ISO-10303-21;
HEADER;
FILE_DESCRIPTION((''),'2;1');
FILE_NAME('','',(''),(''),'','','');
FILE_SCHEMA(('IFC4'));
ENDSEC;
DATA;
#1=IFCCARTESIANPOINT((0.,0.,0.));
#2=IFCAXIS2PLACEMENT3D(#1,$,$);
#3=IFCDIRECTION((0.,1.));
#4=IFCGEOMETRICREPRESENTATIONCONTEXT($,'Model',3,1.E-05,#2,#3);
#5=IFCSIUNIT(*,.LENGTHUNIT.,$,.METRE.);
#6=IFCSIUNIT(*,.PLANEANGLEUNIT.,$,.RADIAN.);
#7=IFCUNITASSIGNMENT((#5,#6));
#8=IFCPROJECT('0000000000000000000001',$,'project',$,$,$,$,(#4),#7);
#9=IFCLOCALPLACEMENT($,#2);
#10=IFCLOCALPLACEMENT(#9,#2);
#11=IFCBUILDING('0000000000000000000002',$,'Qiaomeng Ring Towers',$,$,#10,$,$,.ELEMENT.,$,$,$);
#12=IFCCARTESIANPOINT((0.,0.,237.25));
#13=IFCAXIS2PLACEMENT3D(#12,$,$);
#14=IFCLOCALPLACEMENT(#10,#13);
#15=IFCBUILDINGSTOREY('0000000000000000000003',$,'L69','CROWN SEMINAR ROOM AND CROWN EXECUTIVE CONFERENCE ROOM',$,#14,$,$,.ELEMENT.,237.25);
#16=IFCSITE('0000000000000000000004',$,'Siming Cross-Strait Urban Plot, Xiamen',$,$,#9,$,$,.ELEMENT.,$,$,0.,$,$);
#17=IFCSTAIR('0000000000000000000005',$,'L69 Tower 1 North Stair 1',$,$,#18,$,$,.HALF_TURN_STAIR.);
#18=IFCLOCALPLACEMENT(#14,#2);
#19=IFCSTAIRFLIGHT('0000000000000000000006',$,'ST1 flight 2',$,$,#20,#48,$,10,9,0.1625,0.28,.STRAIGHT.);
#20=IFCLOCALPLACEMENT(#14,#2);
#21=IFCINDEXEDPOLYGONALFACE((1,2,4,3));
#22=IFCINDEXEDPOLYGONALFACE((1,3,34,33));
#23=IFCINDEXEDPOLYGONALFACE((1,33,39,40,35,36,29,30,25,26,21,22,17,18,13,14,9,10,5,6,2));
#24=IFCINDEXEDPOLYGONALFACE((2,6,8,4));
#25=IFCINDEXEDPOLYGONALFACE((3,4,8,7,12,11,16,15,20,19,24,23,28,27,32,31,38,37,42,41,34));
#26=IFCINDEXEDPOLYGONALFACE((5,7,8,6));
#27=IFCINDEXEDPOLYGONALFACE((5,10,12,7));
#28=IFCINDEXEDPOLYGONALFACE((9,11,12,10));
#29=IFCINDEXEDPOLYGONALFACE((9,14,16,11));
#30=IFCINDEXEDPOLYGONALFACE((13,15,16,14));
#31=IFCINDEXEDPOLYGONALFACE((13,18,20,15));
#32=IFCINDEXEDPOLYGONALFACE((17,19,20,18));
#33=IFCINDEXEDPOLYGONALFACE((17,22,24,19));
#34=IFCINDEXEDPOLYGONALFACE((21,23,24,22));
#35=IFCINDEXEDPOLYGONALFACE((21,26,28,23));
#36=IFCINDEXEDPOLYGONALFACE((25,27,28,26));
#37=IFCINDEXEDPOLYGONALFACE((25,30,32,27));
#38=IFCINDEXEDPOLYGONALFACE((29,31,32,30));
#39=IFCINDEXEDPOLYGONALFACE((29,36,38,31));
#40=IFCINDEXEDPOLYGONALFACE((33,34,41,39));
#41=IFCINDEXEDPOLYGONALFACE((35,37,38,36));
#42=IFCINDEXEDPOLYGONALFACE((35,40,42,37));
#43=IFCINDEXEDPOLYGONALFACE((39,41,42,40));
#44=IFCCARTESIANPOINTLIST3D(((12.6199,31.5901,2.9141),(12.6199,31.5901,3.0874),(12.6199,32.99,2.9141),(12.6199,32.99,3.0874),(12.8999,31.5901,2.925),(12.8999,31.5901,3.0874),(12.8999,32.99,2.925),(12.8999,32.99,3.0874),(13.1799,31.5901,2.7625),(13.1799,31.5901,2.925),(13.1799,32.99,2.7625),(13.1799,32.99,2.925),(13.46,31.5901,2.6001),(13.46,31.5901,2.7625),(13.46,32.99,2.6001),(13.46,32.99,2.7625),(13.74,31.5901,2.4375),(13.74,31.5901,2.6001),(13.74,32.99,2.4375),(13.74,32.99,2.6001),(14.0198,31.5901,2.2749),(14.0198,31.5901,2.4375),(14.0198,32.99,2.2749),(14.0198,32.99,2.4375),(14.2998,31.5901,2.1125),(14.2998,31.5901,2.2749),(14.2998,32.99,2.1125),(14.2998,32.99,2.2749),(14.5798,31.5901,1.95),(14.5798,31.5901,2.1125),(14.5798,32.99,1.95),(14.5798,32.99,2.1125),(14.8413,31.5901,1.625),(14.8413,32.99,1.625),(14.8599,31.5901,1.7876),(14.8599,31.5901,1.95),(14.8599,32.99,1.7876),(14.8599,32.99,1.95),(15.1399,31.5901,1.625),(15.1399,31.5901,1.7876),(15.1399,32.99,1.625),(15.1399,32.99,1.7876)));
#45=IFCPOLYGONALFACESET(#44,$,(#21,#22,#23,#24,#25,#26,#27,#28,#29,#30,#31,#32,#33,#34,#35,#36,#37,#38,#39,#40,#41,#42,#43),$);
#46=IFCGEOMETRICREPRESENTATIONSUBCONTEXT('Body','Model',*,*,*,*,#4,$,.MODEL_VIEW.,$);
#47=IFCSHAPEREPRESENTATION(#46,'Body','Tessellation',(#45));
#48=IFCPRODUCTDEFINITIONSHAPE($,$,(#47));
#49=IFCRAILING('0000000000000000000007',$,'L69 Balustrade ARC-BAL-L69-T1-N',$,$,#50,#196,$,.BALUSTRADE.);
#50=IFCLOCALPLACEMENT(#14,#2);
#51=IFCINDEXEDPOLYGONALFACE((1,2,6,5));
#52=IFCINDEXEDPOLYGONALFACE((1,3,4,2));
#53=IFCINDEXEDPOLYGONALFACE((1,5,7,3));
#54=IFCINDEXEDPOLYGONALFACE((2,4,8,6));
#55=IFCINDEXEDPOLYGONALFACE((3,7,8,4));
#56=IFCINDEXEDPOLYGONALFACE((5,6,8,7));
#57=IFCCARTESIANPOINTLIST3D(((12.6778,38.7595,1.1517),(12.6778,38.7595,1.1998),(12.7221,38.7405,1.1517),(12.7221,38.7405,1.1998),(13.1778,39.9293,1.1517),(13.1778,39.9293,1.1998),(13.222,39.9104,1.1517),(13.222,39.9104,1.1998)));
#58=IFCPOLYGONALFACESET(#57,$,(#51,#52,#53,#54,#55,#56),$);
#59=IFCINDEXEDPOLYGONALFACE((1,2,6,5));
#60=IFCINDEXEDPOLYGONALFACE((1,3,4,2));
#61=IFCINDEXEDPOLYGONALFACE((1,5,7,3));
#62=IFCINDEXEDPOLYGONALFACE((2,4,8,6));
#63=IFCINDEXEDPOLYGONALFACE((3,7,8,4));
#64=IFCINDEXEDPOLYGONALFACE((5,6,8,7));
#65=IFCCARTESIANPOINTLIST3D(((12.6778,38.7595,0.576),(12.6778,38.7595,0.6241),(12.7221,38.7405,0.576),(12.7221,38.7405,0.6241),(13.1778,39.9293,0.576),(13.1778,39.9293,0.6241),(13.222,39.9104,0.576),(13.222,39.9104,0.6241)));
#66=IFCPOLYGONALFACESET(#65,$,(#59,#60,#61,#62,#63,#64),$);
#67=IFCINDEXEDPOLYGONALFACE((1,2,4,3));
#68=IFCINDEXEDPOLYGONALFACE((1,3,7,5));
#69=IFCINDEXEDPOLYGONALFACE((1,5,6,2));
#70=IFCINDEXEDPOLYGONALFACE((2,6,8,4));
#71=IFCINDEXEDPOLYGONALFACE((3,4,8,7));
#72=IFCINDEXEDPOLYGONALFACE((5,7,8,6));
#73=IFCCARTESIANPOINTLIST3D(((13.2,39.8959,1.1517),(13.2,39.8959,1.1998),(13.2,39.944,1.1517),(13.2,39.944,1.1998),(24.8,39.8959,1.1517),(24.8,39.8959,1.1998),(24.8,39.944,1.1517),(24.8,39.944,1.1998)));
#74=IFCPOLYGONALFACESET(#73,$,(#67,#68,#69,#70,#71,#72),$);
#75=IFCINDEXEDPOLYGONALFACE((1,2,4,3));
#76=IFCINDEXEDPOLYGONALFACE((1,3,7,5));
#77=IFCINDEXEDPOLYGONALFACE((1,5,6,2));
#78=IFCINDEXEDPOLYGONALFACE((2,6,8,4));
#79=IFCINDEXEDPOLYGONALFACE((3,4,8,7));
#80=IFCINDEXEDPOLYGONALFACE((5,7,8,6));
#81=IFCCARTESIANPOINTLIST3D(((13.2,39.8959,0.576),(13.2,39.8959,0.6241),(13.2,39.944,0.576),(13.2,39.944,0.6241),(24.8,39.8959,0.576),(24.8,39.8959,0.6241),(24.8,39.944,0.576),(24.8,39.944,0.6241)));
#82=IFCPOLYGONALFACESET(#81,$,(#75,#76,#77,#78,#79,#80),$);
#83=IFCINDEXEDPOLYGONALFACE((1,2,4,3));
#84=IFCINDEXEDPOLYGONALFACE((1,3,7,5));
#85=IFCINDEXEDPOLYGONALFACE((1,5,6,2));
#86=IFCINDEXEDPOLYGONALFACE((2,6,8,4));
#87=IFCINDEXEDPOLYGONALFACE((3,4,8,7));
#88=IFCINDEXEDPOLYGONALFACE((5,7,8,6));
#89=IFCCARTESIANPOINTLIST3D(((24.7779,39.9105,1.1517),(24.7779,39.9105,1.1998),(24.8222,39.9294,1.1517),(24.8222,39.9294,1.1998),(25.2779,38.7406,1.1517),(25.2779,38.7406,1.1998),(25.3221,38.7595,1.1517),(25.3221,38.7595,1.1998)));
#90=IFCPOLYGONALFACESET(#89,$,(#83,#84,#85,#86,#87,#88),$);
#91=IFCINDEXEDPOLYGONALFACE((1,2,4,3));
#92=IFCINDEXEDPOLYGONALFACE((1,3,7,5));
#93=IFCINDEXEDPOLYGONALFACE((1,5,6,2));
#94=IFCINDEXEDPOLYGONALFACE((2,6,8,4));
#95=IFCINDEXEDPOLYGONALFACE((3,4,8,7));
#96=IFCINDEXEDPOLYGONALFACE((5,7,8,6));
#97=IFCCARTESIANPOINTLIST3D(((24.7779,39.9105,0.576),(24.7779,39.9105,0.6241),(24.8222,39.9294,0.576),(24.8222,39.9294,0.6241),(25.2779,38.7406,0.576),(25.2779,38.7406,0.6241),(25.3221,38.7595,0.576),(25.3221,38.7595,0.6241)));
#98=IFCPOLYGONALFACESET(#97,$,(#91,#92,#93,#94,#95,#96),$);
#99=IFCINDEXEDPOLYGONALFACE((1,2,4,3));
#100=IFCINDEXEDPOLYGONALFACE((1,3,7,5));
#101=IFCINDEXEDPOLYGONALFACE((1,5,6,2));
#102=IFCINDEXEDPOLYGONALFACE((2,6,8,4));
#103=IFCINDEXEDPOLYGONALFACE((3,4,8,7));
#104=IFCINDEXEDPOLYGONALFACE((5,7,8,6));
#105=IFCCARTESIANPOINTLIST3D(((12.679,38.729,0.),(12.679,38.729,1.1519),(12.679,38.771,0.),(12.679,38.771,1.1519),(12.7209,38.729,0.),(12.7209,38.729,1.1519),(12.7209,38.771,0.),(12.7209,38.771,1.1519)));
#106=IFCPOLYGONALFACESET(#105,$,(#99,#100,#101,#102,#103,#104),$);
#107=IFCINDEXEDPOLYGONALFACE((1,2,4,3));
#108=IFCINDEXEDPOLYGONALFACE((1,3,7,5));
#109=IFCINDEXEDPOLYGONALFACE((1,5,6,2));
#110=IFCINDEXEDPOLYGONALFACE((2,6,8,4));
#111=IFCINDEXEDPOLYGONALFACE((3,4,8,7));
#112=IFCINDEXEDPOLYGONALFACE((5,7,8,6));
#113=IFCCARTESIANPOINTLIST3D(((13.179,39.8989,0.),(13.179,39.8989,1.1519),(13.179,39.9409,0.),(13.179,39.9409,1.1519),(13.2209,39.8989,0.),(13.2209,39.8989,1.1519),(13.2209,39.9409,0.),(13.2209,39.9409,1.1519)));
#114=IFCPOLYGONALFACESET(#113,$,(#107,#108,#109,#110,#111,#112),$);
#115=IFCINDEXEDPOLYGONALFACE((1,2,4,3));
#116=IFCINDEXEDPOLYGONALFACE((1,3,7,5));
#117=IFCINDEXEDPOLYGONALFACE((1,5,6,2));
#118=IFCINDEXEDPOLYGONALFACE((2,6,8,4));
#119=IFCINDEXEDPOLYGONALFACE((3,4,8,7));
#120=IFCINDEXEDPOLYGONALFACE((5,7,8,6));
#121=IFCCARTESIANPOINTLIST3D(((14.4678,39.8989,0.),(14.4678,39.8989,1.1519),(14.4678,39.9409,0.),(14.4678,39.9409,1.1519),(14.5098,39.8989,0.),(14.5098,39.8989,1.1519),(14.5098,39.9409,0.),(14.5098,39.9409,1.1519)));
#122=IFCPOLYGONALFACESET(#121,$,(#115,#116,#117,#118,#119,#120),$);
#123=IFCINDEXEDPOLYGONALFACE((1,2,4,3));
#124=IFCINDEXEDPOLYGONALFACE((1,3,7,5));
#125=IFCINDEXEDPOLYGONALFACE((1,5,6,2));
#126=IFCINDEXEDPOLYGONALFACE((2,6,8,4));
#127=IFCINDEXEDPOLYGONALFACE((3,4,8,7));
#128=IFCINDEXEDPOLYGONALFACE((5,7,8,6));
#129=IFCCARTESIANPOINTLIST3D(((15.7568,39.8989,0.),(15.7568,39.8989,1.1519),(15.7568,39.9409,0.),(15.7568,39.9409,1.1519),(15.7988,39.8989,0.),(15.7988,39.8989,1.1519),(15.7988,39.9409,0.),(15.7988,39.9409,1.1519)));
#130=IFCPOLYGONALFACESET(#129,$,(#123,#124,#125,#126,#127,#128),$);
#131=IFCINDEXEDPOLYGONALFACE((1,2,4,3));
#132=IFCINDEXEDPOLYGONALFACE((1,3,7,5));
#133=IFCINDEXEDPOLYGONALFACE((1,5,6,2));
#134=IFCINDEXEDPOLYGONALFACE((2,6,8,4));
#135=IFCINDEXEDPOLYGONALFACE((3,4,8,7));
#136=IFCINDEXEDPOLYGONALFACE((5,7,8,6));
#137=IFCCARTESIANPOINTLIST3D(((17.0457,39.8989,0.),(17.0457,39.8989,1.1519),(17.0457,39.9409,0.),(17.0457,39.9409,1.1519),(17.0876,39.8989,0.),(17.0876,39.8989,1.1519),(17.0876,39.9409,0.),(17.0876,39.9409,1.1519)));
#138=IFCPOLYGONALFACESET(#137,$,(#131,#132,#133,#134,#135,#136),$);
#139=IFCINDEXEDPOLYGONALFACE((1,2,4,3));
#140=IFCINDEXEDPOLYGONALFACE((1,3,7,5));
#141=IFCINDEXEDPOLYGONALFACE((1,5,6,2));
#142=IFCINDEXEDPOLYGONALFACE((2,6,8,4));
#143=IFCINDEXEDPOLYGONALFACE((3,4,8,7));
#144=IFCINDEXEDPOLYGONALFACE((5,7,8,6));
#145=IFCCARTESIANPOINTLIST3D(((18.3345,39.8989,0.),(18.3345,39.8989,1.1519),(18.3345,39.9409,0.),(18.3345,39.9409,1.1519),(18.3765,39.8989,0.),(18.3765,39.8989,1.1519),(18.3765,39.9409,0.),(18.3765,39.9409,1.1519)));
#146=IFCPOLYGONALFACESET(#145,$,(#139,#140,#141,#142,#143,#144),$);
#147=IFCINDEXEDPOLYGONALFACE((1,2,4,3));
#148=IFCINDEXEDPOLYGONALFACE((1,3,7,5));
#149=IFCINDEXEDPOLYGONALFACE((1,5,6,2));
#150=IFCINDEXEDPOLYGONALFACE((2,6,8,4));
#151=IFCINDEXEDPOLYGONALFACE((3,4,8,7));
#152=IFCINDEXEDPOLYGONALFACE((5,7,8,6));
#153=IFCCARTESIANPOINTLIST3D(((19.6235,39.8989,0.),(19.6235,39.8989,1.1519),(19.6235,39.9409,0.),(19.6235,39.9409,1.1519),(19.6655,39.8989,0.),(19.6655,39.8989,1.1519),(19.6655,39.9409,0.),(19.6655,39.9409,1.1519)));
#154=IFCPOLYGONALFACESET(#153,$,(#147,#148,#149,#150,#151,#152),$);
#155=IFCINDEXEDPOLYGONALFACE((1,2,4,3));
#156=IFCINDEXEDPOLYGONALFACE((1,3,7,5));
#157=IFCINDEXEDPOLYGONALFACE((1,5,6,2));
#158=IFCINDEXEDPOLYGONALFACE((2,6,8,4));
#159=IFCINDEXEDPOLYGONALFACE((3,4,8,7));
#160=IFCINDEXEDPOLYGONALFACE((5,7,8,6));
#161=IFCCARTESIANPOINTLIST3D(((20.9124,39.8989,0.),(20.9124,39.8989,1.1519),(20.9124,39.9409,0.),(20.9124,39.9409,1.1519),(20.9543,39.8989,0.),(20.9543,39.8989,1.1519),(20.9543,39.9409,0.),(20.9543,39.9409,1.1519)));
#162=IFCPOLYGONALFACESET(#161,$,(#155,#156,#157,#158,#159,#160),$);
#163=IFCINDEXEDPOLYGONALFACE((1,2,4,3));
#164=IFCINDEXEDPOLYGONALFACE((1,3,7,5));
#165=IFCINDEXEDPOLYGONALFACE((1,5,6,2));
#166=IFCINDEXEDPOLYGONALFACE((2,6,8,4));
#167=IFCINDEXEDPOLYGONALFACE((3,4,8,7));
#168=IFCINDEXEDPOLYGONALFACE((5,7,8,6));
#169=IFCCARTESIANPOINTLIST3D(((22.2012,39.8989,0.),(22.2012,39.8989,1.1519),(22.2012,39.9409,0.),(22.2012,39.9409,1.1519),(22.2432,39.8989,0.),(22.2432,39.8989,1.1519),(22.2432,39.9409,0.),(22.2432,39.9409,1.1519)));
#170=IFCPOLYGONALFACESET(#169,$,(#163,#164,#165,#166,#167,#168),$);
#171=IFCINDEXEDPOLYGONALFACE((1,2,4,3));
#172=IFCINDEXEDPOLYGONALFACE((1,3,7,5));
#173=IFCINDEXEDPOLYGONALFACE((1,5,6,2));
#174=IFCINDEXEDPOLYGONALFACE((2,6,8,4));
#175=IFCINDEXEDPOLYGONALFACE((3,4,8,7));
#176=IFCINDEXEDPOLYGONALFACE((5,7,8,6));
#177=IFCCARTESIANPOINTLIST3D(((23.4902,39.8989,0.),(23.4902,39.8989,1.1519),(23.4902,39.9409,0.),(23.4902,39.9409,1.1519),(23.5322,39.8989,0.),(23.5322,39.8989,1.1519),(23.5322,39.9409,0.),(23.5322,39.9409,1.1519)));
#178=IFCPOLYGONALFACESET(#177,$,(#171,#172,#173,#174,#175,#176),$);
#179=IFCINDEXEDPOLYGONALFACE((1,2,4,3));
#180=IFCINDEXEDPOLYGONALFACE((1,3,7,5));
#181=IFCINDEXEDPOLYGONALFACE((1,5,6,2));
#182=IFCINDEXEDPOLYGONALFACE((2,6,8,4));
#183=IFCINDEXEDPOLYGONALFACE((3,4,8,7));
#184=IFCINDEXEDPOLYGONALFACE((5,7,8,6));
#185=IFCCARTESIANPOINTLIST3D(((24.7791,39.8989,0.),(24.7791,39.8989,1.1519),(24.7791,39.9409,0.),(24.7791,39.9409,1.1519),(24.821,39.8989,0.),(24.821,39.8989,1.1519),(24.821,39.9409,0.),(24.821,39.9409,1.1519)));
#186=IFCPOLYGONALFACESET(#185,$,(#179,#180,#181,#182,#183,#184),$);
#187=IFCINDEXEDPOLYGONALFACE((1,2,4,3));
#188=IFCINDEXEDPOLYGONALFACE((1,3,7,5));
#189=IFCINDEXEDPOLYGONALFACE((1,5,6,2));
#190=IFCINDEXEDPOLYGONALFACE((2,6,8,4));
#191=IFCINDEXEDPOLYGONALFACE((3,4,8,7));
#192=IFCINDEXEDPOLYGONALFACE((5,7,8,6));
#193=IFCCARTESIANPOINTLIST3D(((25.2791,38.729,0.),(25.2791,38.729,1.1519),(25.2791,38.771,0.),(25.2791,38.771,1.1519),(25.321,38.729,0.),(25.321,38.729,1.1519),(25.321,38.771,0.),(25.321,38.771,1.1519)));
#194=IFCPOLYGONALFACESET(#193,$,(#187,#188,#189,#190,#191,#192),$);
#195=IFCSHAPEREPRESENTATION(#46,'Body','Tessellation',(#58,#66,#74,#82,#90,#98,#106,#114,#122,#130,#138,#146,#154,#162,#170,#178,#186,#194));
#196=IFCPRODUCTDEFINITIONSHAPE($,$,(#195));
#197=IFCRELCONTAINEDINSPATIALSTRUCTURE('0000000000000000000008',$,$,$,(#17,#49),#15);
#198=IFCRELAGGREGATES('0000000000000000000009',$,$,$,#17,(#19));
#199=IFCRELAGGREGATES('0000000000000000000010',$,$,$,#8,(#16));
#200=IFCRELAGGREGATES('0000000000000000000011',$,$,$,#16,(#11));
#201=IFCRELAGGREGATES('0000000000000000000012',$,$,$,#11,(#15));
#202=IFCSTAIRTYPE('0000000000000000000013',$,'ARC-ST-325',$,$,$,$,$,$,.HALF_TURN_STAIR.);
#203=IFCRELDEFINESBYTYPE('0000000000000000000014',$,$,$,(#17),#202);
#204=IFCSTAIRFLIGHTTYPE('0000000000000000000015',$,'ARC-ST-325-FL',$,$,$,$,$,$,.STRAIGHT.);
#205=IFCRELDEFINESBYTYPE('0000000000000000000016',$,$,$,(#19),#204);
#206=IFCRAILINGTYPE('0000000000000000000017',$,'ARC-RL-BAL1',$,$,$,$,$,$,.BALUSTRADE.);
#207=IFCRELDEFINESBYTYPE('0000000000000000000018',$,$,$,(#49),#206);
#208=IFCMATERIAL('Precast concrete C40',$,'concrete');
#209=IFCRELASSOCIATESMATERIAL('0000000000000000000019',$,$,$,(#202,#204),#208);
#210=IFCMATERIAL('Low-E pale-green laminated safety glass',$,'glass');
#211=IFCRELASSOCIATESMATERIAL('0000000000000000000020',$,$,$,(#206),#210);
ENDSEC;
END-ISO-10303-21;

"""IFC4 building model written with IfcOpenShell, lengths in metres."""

from ifc_helpers import new_model, si_unit, direction, frame, origin, origin_2d, place, context, subcontext, project, spatial, polyline, rectangle, outline, extrude, source, transform, mapped, material, type_object, element, aggregate, save


model = new_model("IFC4")

# Units and contexts
model_context = context("Model", 3, precision=1e-05, world=origin(), true_north=direction((0.0, 1.0)))
body_context = subcontext(model_context, "Body", "Model", "MODEL_VIEW")
ifc_project = project(units=[si_unit("LENGTHUNIT", "METRE"), si_unit("PLANEANGLEUNIT", "RADIAN")], contexts=[model_context])

# Site, building, storey
site_placement = place(None, origin())
site = spatial("IfcSite", under=ifc_project, at=site_placement, Name="Siming Cross-Strait Urban Plot, Xiamen", CompositionType="ELEMENT", RefElevation=0.0)
building_placement = place(site_placement, origin())
building = spatial("IfcBuilding", under=site, at=building_placement, Name="Qiaomeng Ring Towers", CompositionType="ELEMENT")
storey_placement = place(building_placement, frame((0.0, 0.0, 237.25)))
storey = spatial("IfcBuildingStorey", under=building, at=storey_placement, Name="L69", Description="CROWN SEMINAR ROOM AND CROWN EXECUTIVE CONFERENCE ROOM", CompositionType="ELEMENT", Elevation=237.25)

# Stair, stair flight
ifc_material_1 = material(Name="Precast concrete C40", Category="concrete")
stair_type = type_object("IfcStairType", Name="ARC-ST-325", PredefinedType="HALF_TURN_STAIR", material=ifc_material_1)
stair_placement = place(storey_placement, origin())
stair = element("IfcStair", 1, at=stair_placement, inside=storey, type_object=stair_type, Name="L69 Tower 1 North Stair 1", PredefinedType="HALF_TURN_STAIR")
stair_flight_type = type_object("IfcStairFlightType", Name="ARC-ST-325-FL", PredefinedType="STRAIGHT", material=ifc_material_1)
shared_shape_1 = source(origin(), body_context, "Body", "SweptSolid", [
    extrude(outline(polyline([(0.0, 0.0), (0.0, 0.1626), (0.28, 0.1626), (0.28, 0.325), (0.5601, 0.325), (0.5601, 0.4875), (0.8401, 0.4875), (0.8401, 0.6499), (1.1201, 0.6499), (1.1201, 0.8125), (1.3999, 0.8125), (1.3999, 0.9751), (1.6799, 0.9751), (1.6799, 1.1375), (1.96, 1.1375), (1.96, 1.3), (2.24, 1.3), (2.24, 1.4624), (2.52, 1.4624), (2.52, 1.625), (2.52, 1.2891), (0.2986, 0.0), (0.0, 0.0)])), frame((0.0, 0.7, 0.0), z_axis=(0.0, -1.0, 0.0), x_axis=(1.0, 0.0, 0.0)), (0.0, 0.0, 1.0), 1.3999),
])
stair_flight_placement = place(storey_placement, frame((15.1399, 32.29, 1.625), z_axis=(0.0, 0.0, 1.0), x_axis=(-1.0, 0.0, 0.0)))
stair_flight = element("IfcStairFlight", 2, at=stair_flight_placement, type_object=stair_flight_type, Name="ST1 flight 2", NumberOfRisers=10, NumberOfTreads=9, PredefinedType="STRAIGHT", RiserHeight=0.1625, TreadLength=0.28, context=body_context, shape_type="MappedRepresentation", body=[
    mapped(shared_shape_1, transform((0.0, 0.0, 0.0), x_axis=(1.0, 0.0, 0.0), y_axis=(0.0, 1.0, 0.0), z_axis=(0.0, 0.0, 1.0), scale=1.0)),
])
aggregate(stair, [stair_flight])

# Railing
ifc_material_2 = material(Name="Low-E pale-green laminated safety glass", Category="glass")
railing_type_1 = type_object("IfcRailingType", Name="ARC-RL-BAL1", PredefinedType="BALUSTRADE", material=ifc_material_2)
railing_1_placement = place(storey_placement, frame((12.7, 38.75, 0.0)))
element("IfcRailing", 3, at=railing_1_placement, inside=storey, type_object=railing_type_1, Name="L69 Balustrade ARC-BAL-L69-T1-N", PredefinedType="BALUSTRADE", context=body_context, shape_type="SweptSolid", body=[
    extrude(rectangle(XDim=0.0481, YDim=0.0481, at=origin_2d()), frame((0.0, 0.0, 1.1758), z_axis=(0.392993, 0.919542, 0.0), x_axis=(-0.919542, 0.392993, 0.0)), (0.0, 0.0, 1.0), 1.2722),
    extrude(rectangle(XDim=0.0481, YDim=0.0481, at=origin_2d()), frame((0.0, 0.0, 0.6001), z_axis=(0.392993, 0.919542, 0.0), x_axis=(-0.919542, 0.392993, 0.0)), (0.0, 0.0, 1.0), 1.2722),
    extrude(rectangle(XDim=0.0481, YDim=0.0481, at=origin_2d()), frame((0.5, 1.1699, 1.1758), z_axis=(1.0, 0.0, 0.0), x_axis=(0.0, 1.0, 0.0)), (0.0, 0.0, 1.0), 11.6001),
    extrude(rectangle(XDim=0.0481, YDim=0.0481, at=origin_2d()), frame((0.5, 1.1699, 0.6001), z_axis=(1.0, 0.0, 0.0), x_axis=(0.0, 1.0, 0.0)), (0.0, 0.0, 1.0), 11.6001),
    extrude(rectangle(XDim=0.0481, YDim=0.0481, at=origin_2d()), frame((12.1001, 1.1699, 1.1758), z_axis=(0.392993, -0.919542, 0.0), x_axis=(0.919542, 0.392993, 0.0)), (0.0, 0.0, 1.0), 1.2722),
    extrude(rectangle(XDim=0.0481, YDim=0.0481, at=origin_2d()), frame((12.1001, 1.1699, 0.6001), z_axis=(0.392993, -0.919542, 0.0), x_axis=(0.919542, 0.392993, 0.0)), (0.0, 0.0, 1.0), 1.2722),
    extrude(rectangle(XDim=0.042, YDim=0.042, at=origin_2d()), origin(), (0.0, 0.0, 1.0), 1.1519),
    extrude(rectangle(XDim=0.042, YDim=0.042, at=origin_2d()), frame((0.5, 1.1699, 0.0)), (0.0, 0.0, 1.0), 1.1519),
    extrude(rectangle(XDim=0.042, YDim=0.042, at=origin_2d()), frame((1.7888, 1.1699, 0.0)), (0.0, 0.0, 1.0), 1.1519),
    extrude(rectangle(XDim=0.042, YDim=0.042, at=origin_2d()), frame((3.0779, 1.1699, 0.0)), (0.0, 0.0, 1.0), 1.1519),
    extrude(rectangle(XDim=0.042, YDim=0.042, at=origin_2d()), frame((4.3667, 1.1699, 0.0)), (0.0, 0.0, 1.0), 1.1519),
    extrude(rectangle(XDim=0.042, YDim=0.042, at=origin_2d()), frame((5.6555, 1.1699, 0.0)), (0.0, 0.0, 1.0), 1.1519),
    extrude(rectangle(XDim=0.042, YDim=0.042, at=origin_2d()), frame((6.9446, 1.1699, 0.0)), (0.0, 0.0, 1.0), 1.1519),
    extrude(rectangle(XDim=0.042, YDim=0.042, at=origin_2d()), frame((8.2334, 1.1699, 0.0)), (0.0, 0.0, 1.0), 1.1519),
    extrude(rectangle(XDim=0.042, YDim=0.042, at=origin_2d()), frame((9.5222, 1.1699, 0.0)), (0.0, 0.0, 1.0), 1.1519),
    extrude(rectangle(XDim=0.042, YDim=0.042, at=origin_2d()), frame((10.8113, 1.1699, 0.0)), (0.0, 0.0, 1.0), 1.1519),
    extrude(rectangle(XDim=0.042, YDim=0.042, at=origin_2d()), frame((12.1001, 1.1699, 0.0)), (0.0, 0.0, 1.0), 1.1519),
    extrude(rectangle(XDim=0.042, YDim=0.042, at=origin_2d()), frame((12.6001, 0.0, 0.0)), (0.0, 0.0, 1.0), 1.1519),
])

save(model, "model.ifc")
